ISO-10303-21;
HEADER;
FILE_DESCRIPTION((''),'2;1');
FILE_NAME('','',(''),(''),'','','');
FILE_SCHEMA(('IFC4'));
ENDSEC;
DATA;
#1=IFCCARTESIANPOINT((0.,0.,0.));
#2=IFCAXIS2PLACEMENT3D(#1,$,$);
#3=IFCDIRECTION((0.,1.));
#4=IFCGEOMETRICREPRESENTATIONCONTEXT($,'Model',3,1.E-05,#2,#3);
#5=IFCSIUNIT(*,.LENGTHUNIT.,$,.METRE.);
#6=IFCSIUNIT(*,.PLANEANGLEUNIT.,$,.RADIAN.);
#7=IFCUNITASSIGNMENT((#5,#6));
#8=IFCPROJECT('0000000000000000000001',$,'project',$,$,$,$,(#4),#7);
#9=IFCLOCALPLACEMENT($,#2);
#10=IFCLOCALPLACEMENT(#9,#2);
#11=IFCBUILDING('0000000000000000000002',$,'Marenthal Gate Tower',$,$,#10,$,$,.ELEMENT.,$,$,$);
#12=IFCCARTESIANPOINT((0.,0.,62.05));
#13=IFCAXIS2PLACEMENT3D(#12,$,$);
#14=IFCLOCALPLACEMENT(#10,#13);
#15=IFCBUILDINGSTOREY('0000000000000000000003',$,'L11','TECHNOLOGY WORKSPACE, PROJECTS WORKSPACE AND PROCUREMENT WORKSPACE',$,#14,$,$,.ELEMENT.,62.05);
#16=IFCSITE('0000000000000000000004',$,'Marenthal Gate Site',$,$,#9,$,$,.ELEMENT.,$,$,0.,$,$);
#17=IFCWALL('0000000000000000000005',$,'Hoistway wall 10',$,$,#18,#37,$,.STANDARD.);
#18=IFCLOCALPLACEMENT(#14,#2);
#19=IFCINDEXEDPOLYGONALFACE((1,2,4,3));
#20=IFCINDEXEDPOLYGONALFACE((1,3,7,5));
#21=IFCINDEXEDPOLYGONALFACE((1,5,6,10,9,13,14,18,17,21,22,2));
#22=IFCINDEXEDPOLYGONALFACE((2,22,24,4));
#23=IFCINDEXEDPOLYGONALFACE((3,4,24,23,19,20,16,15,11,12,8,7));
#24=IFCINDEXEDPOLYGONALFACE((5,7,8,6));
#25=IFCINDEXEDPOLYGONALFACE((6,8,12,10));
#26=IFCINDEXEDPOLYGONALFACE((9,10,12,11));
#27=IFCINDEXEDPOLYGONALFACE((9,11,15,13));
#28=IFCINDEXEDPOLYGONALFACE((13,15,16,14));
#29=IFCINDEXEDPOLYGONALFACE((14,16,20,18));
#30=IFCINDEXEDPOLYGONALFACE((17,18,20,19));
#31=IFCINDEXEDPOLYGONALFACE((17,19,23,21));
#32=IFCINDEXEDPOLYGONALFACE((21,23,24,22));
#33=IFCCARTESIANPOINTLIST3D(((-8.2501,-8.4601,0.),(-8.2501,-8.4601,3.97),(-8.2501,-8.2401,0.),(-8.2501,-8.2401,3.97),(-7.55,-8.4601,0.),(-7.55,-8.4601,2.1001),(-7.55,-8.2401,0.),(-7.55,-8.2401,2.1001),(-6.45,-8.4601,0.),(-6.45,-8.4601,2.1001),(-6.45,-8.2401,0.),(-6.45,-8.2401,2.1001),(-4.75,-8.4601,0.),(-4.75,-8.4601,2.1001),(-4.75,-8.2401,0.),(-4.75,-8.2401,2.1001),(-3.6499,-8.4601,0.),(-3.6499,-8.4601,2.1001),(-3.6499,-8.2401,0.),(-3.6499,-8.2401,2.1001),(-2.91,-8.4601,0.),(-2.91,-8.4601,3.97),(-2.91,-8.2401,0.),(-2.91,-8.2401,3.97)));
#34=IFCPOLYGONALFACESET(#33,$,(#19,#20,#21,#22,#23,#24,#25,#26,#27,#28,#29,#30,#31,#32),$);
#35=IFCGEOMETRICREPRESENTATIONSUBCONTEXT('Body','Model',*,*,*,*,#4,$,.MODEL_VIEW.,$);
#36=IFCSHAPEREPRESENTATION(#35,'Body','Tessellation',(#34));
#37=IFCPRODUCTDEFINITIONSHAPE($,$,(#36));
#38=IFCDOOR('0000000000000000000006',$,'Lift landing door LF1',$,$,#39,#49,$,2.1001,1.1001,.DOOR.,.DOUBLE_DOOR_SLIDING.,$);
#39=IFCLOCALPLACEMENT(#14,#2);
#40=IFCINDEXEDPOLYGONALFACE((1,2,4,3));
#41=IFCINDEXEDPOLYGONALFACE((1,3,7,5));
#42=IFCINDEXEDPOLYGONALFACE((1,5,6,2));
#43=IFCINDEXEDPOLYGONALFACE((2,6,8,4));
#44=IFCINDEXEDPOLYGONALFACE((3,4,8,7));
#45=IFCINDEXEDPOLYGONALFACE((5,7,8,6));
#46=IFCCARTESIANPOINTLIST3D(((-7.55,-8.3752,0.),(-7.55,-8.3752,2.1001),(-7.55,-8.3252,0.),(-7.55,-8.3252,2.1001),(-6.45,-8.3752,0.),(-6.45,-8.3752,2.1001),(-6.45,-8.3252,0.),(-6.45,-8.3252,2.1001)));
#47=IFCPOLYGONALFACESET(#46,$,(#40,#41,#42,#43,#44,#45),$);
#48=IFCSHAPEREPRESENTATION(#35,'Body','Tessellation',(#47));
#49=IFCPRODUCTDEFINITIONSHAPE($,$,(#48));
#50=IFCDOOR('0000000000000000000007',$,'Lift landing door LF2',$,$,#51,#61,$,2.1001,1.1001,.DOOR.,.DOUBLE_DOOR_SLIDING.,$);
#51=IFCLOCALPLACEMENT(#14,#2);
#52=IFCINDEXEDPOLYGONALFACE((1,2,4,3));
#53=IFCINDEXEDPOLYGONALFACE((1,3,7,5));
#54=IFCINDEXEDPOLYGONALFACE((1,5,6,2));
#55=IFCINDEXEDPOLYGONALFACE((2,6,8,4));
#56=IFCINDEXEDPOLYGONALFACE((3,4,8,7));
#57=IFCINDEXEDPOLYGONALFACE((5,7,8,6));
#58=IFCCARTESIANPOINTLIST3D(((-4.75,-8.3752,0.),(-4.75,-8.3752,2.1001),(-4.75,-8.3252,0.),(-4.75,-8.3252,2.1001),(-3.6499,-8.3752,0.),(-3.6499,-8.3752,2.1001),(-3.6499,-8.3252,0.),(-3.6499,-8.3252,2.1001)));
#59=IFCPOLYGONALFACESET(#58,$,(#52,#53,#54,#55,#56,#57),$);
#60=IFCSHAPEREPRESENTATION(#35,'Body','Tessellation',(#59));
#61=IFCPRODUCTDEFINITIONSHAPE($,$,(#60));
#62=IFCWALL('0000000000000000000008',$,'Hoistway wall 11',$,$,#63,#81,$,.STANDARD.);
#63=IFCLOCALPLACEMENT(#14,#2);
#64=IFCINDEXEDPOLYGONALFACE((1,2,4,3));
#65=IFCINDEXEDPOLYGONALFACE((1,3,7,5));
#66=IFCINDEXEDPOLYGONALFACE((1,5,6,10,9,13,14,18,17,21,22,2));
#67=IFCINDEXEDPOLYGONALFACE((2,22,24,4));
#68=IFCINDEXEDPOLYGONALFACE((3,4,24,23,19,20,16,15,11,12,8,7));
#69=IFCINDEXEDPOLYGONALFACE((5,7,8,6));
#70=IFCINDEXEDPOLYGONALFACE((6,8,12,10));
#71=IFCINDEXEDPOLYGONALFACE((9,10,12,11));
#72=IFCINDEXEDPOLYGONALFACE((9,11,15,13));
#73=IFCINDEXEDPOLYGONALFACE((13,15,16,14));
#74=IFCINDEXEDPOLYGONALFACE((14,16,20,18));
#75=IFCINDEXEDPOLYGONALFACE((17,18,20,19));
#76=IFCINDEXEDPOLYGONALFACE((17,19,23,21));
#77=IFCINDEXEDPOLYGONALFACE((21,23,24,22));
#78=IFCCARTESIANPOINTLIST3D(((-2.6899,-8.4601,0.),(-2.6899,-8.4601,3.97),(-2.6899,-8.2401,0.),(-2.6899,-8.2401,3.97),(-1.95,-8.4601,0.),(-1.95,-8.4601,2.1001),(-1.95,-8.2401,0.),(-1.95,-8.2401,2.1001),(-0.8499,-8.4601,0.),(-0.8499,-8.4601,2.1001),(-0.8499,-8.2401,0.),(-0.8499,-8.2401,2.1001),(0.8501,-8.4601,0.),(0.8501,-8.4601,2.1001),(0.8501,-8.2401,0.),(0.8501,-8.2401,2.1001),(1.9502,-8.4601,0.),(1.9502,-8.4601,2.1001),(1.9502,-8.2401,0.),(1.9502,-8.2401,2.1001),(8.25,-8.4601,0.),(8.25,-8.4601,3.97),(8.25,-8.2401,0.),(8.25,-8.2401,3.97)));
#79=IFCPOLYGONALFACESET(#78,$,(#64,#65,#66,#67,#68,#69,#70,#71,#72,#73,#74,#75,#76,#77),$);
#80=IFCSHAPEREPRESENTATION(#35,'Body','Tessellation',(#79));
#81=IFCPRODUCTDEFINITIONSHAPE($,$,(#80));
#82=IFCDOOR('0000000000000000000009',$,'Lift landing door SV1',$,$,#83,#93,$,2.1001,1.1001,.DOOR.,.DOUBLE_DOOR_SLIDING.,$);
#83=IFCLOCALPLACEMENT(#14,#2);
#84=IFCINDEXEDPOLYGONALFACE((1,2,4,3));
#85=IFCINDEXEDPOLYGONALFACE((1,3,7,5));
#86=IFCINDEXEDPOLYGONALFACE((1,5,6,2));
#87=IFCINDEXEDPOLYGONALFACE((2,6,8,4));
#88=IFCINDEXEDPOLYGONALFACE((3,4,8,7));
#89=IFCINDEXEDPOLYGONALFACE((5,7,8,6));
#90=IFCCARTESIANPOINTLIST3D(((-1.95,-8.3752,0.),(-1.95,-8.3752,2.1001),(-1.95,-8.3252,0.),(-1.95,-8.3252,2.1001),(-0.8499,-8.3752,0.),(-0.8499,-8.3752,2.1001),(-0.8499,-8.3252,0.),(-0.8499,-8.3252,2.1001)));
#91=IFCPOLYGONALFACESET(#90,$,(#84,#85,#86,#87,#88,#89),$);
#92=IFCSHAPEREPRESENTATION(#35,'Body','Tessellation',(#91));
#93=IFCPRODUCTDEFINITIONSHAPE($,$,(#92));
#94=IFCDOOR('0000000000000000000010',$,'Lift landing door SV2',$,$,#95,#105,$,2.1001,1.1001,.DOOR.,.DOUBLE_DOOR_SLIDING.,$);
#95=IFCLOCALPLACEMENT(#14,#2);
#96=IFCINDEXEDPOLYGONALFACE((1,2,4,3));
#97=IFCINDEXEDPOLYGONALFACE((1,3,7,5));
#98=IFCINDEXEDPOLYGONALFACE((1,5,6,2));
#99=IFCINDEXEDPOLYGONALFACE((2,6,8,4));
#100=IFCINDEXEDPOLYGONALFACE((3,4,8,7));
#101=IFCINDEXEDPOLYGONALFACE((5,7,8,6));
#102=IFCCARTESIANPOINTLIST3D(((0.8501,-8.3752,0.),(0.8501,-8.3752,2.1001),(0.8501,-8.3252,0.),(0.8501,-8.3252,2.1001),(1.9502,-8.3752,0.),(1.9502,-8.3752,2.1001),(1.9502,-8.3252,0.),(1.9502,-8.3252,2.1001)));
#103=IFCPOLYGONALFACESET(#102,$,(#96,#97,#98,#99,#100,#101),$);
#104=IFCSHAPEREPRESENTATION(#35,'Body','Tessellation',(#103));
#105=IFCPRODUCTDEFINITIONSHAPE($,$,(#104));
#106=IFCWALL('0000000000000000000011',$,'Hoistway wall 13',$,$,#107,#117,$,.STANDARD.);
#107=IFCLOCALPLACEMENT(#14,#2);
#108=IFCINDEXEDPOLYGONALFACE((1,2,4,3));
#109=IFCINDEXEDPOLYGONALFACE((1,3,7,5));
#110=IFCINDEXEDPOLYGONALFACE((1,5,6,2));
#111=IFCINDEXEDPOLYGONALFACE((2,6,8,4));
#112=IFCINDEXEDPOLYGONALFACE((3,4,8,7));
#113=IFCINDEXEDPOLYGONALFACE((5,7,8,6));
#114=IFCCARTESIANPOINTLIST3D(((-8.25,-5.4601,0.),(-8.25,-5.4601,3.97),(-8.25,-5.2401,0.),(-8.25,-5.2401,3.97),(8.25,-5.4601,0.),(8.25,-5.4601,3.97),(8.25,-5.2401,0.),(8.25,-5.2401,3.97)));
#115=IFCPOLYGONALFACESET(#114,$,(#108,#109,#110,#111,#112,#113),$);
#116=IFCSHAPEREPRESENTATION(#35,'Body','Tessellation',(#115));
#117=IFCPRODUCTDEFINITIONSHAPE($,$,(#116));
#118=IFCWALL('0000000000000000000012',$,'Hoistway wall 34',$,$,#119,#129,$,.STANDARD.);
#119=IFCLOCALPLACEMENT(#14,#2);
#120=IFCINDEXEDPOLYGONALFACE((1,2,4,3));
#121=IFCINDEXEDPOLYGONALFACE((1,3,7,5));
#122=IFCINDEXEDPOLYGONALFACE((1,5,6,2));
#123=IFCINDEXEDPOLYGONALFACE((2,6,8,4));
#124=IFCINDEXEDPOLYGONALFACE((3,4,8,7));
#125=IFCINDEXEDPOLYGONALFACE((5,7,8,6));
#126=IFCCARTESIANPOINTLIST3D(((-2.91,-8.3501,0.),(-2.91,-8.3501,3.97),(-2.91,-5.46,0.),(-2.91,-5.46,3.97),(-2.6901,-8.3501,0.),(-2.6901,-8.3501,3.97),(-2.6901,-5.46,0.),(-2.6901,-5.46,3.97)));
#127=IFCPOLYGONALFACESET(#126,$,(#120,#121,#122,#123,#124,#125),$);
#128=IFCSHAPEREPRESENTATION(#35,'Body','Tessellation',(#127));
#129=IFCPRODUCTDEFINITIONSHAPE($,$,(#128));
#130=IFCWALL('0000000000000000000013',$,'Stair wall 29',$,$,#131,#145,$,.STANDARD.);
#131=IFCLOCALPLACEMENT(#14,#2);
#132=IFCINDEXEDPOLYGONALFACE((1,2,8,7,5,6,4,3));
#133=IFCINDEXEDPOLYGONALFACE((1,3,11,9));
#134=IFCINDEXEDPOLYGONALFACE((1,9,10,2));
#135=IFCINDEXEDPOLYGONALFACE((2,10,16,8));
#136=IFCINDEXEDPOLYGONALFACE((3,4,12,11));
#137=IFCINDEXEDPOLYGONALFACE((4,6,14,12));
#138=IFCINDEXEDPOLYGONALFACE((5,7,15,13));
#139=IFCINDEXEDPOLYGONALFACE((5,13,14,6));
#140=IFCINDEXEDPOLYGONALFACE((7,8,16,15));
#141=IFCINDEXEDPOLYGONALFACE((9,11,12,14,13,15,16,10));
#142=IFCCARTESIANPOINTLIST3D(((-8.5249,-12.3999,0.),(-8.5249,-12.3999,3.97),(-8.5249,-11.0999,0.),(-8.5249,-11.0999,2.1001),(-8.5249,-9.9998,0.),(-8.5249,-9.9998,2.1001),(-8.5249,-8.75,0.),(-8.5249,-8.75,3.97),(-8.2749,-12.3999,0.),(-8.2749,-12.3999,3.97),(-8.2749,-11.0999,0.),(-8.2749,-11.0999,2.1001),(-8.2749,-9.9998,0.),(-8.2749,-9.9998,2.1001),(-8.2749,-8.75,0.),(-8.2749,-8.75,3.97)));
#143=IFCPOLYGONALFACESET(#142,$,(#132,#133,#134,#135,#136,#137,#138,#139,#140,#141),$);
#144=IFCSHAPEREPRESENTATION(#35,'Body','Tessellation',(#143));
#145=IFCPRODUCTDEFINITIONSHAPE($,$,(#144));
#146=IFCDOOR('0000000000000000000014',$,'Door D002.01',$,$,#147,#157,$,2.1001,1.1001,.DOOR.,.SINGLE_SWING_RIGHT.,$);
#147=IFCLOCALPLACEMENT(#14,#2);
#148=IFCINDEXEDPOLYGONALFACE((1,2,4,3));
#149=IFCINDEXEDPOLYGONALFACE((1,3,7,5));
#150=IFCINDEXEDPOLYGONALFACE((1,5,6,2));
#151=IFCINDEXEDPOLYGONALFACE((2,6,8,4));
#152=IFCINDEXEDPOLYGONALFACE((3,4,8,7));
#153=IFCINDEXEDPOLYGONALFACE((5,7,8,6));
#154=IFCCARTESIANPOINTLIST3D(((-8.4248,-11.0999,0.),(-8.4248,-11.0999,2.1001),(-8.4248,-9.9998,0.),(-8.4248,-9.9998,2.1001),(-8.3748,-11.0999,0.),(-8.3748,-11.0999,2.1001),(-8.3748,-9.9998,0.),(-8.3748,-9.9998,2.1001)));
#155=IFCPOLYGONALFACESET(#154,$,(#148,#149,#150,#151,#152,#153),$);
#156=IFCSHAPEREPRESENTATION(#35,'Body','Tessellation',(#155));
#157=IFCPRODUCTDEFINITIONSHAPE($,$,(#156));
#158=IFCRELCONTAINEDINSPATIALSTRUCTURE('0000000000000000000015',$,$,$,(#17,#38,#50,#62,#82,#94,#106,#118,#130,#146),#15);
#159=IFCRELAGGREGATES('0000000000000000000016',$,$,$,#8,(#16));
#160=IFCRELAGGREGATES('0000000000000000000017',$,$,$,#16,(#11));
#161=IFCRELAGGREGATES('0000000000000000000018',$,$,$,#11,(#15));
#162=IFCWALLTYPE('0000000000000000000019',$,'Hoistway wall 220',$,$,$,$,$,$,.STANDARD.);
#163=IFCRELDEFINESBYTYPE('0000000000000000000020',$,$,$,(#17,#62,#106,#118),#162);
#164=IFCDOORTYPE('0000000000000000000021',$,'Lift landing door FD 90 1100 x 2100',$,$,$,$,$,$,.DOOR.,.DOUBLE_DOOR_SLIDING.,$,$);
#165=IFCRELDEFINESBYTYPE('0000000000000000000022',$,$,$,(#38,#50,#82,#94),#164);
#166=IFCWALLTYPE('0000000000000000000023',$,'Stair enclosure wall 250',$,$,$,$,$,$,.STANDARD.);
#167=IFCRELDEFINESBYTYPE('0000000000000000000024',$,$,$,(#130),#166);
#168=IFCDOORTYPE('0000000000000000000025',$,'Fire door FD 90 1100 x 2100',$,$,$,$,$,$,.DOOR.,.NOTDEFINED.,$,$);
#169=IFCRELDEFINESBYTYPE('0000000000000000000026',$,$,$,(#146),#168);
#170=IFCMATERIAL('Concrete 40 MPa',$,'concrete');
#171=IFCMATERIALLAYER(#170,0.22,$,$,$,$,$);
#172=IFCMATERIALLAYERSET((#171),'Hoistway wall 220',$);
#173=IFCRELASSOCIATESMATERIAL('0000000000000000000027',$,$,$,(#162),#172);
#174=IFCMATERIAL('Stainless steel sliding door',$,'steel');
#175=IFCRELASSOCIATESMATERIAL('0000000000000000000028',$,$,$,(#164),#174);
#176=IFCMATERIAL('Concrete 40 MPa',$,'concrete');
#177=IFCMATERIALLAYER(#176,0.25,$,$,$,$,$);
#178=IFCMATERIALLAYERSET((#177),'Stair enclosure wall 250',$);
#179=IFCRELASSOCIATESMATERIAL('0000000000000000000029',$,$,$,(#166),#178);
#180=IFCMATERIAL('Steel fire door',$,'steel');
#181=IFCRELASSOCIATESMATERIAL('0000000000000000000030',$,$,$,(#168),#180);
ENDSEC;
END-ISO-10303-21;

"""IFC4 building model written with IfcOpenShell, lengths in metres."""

from ifc_helpers import new_model, si_unit, direction, frame, frame_2d, origin, place, context, subcontext, project, spatial, rectangle, extrude, material, layer, layer_set, type_object, element, fill, save


model = new_model("IFC4")

# Units and contexts
model_context = context("Model", 3, precision=1e-05, world=origin(), true_north=direction((0.0, 1.0)))
body_context = subcontext(model_context, "Body", "Model", "MODEL_VIEW")
ifc_project = project(units=[si_unit("LENGTHUNIT", "METRE"), si_unit("PLANEANGLEUNIT", "RADIAN")], contexts=[model_context])

# Site, building, storey
site_placement = place(None, origin())
site = spatial("IfcSite", under=ifc_project, at=site_placement, Name="Marenthal Gate Site", CompositionType="ELEMENT", RefElevation=0.0)
building_placement = place(site_placement, origin())
building = spatial("IfcBuilding", under=site, at=building_placement, Name="Marenthal Gate Tower", CompositionType="ELEMENT")
storey_placement = place(building_placement, frame((0.0, 0.0, 62.05)))
storey = spatial("IfcBuildingStorey", under=building, at=storey_placement, Name="L11", Description="TECHNOLOGY WORKSPACE, PROJECTS WORKSPACE AND PROCUREMENT WORKSPACE", CompositionType="ELEMENT", Elevation=62.05)

# Walls, openings, doors
ifc_material_1 = material(Name="Concrete 40 MPa", Category="concrete")
ifc_layer_1 = layer(ifc_material_1, 0.22)
ifc_layer_set_1 = layer_set([ifc_layer_1], Name="Hoistway wall 220")
wall_type_1 = type_object("IfcWallType", Name="Hoistway wall 220", PredefinedType="STANDARD", material=ifc_layer_set_1)
wall_1_placement = place(storey_placement, frame((-8.25, -8.3501, 0.0), z_axis=(0.0, 0.0, 1.0), x_axis=(1.0, 0.0, 0.0)))
wall_1 = element("IfcWall", 1, at=wall_1_placement, inside=storey, type_object=wall_type_1, Name="Hoistway wall 10", PredefinedType="STANDARD", context=body_context, shape_type="SweptSolid", body=[
    extrude(rectangle(XDim=5.3401, YDim=0.22, at=frame_2d((2.6699, 0.0))), origin(), (0.0, 0.0, 1.0), 3.97),
])
opening_1_placement = place(wall_1_placement, frame((0.7, 0.0, 0.0)))
opening_1 = element("IfcOpeningElement", 2, at=opening_1_placement, cuts=wall_1, PredefinedType="OPENING", context=body_context, shape_type="SweptSolid", body=[
    extrude(rectangle(XDim=1.1001, YDim=2.1001, at=frame_2d((0.55, 1.05))), frame((0.0, 0.1201, 0.0), z_axis=(0.0, -1.0, 0.0), x_axis=(1.0, 0.0, 0.0)), (0.0, 0.0, 1.0), 0.24),
])
opening_2_placement = place(wall_1_placement, frame((3.5, 0.0, 0.0)))
opening_2 = element("IfcOpeningElement", 3, at=opening_2_placement, cuts=wall_1, PredefinedType="OPENING", context=body_context, shape_type="SweptSolid", body=[
    extrude(rectangle(XDim=1.1001, YDim=2.1001, at=frame_2d((0.55, 1.05))), frame((0.0, 0.1201, 0.0), z_axis=(0.0, -1.0, 0.0), x_axis=(1.0, 0.0, 0.0)), (0.0, 0.0, 1.0), 0.24),
])
ifc_material_2 = material(Name="Stainless steel sliding door", Category="steel")
door_type_1 = type_object("IfcDoorType", Name="Lift landing door FD 90 1100 x 2100", OperationType="DOUBLE_DOOR_SLIDING", PredefinedType="DOOR", material=ifc_material_2)
door_1_placement = place(opening_1_placement, origin())
door_1 = element("IfcDoor", 4, at=door_1_placement, inside=storey, type_object=door_type_1, Name="Lift landing door LF1", OperationType="DOUBLE_DOOR_SLIDING", OverallHeight=2.1001, OverallWidth=1.1001, PredefinedType="DOOR", context=body_context, shape_type="SweptSolid", body=[
    extrude(rectangle(XDim=1.1001, YDim=2.1001, at=frame_2d((0.55, 1.05))), frame((0.0, 0.0249, 0.0), z_axis=(0.0, -1.0, 0.0), x_axis=(1.0, 0.0, 0.0)), (0.0, 0.0, 1.0), 0.05),
])
fill(opening_1, door_1)
door_2_placement = place(opening_2_placement, origin())
door_2 = element("IfcDoor", 5, at=door_2_placement, inside=storey, type_object=door_type_1, Name="Lift landing door LF2", OperationType="DOUBLE_DOOR_SLIDING", OverallHeight=2.1001, OverallWidth=1.1001, PredefinedType="DOOR", context=body_context, shape_type="SweptSolid", body=[
    extrude(rectangle(XDim=1.1001, YDim=2.1001, at=frame_2d((0.55, 1.05))), frame((0.0, 0.0249, 0.0), z_axis=(0.0, -1.0, 0.0), x_axis=(1.0, 0.0, 0.0)), (0.0, 0.0, 1.0), 0.05),
])
fill(opening_2, door_2)
wall_2_placement = place(storey_placement, frame((-2.6899, -8.3501, 0.0), z_axis=(0.0, 0.0, 1.0), x_axis=(1.0, 0.0, 0.0)))
wall_2 = element("IfcWall", 6, at=wall_2_placement, inside=storey, type_object=wall_type_1, Name="Hoistway wall 11", PredefinedType="STANDARD", context=body_context, shape_type="SweptSolid", body=[
    extrude(rectangle(XDim=10.9399, YDim=0.22, at=frame_2d((5.47, 0.0))), origin(), (0.0, 0.0, 1.0), 3.97),
])
opening_3_placement = place(wall_2_placement, frame((0.74, 0.0, 0.0)))
opening_3 = element("IfcOpeningElement", 7, at=opening_3_placement, cuts=wall_2, PredefinedType="OPENING", context=body_context, shape_type="SweptSolid", body=[
    extrude(rectangle(XDim=1.1001, YDim=2.1001, at=frame_2d((0.55, 1.05))), frame((0.0, 0.1201, 0.0), z_axis=(0.0, -1.0, 0.0), x_axis=(1.0, 0.0, 0.0)), (0.0, 0.0, 1.0), 0.24),
])
opening_4_placement = place(wall_2_placement, frame((3.54, 0.0, 0.0)))
opening_4 = element("IfcOpeningElement", 8, at=opening_4_placement, cuts=wall_2, PredefinedType="OPENING", context=body_context, shape_type="SweptSolid", body=[
    extrude(rectangle(XDim=1.1001, YDim=2.1001, at=frame_2d((0.55, 1.05))), frame((0.0, 0.1201, 0.0), z_axis=(0.0, -1.0, 0.0), x_axis=(1.0, 0.0, 0.0)), (0.0, 0.0, 1.0), 0.24),
])
door_3_placement = place(opening_3_placement, origin())
door_3 = element("IfcDoor", 9, at=door_3_placement, inside=storey, type_object=door_type_1, Name="Lift landing door SV1", OperationType="DOUBLE_DOOR_SLIDING", OverallHeight=2.1001, OverallWidth=1.1001, PredefinedType="DOOR", context=body_context, shape_type="SweptSolid", body=[
    extrude(rectangle(XDim=1.1001, YDim=2.1001, at=frame_2d((0.55, 1.05))), frame((0.0, 0.0249, 0.0), z_axis=(0.0, -1.0, 0.0), x_axis=(1.0, 0.0, 0.0)), (0.0, 0.0, 1.0), 0.05),
])
fill(opening_3, door_3)
door_4_placement = place(opening_4_placement, origin())
door_4 = element("IfcDoor", 10, at=door_4_placement, inside=storey, type_object=door_type_1, Name="Lift landing door SV2", OperationType="DOUBLE_DOOR_SLIDING", OverallHeight=2.1001, OverallWidth=1.1001, PredefinedType="DOOR", context=body_context, shape_type="SweptSolid", body=[
    extrude(rectangle(XDim=1.1001, YDim=2.1001, at=frame_2d((0.55, 1.05))), frame((0.0, 0.0249, 0.0), z_axis=(0.0, -1.0, 0.0), x_axis=(1.0, 0.0, 0.0)), (0.0, 0.0, 1.0), 0.05),
])
fill(opening_4, door_4)

# Walls
wall_3_placement = place(storey_placement, frame((-8.25, -5.3501, 0.0), z_axis=(0.0, 0.0, 1.0), x_axis=(1.0, 0.0, 0.0)))
element("IfcWall", 11, at=wall_3_placement, inside=storey, type_object=wall_type_1, Name="Hoistway wall 13", PredefinedType="STANDARD", context=body_context, shape_type="SweptSolid", body=[
    extrude(rectangle(XDim=16.5, YDim=0.22, at=frame_2d((8.25, 0.0))), origin(), (0.0, 0.0, 1.0), 3.97),
])
wall_4_placement = place(storey_placement, frame((-2.8, -8.3501, 0.0), z_axis=(0.0, 0.0, 1.0), x_axis=(0.0, 1.0, 0.0)))
element("IfcWall", 12, at=wall_4_placement, inside=storey, type_object=wall_type_1, Name="Hoistway wall 34", PredefinedType="STANDARD", context=body_context, shape_type="SweptSolid", body=[
    extrude(rectangle(XDim=2.8901, YDim=0.22, at=frame_2d((1.4451, 0.0))), origin(), (0.0, 0.0, 1.0), 3.97),
])

# Wall, opening, door
ifc_material_3 = material(Name="Concrete 40 MPa", Category="concrete")
ifc_layer_2 = layer(ifc_material_3, 0.25)
ifc_layer_set_2 = layer_set([ifc_layer_2], Name="Stair enclosure wall 250")
wall_type_2 = type_object("IfcWallType", Name="Stair enclosure wall 250", PredefinedType="STANDARD", material=ifc_layer_set_2)
wall_5_placement = place(storey_placement, frame((-8.3999, -12.3999, 0.0), z_axis=(0.0, 0.0, 1.0), x_axis=(0.0, 1.0, 0.0)))
wall_5 = element("IfcWall", 13, at=wall_5_placement, inside=storey, type_object=wall_type_2, Name="Stair wall 29", PredefinedType="STANDARD", context=body_context, shape_type="SweptSolid", body=[
    extrude(rectangle(XDim=3.6499, YDim=0.25, at=frame_2d((1.825, 0.0))), origin(), (0.0, 0.0, 1.0), 3.97),
])
opening_5_placement = place(wall_5_placement, frame((1.3, 0.0, 0.0)))
opening_5 = element("IfcOpeningElement", 14, at=opening_5_placement, cuts=wall_5, PredefinedType="OPENING", context=body_context, shape_type="SweptSolid", body=[
    extrude(rectangle(XDim=1.1001, YDim=2.1001, at=frame_2d((0.55, 1.05))), frame((0.0, 0.135, 0.0), z_axis=(0.0, -1.0, 0.0), x_axis=(1.0, 0.0, 0.0)), (0.0, 0.0, 1.0), 0.27),
])
ifc_material_4 = material(Name="Steel fire door", Category="steel")
door_type_2 = type_object("IfcDoorType", Name="Fire door FD 90 1100 x 2100", OperationType="NOTDEFINED", PredefinedType="DOOR", material=ifc_material_4)
door_5_placement = place(opening_5_placement, origin())
door_5 = element("IfcDoor", 15, at=door_5_placement, inside=storey, type_object=door_type_2, Name="Door D002.01", OperationType="SINGLE_SWING_RIGHT", OverallHeight=2.1001, OverallWidth=1.1001, PredefinedType="DOOR", context=body_context, shape_type="SweptSolid", body=[
    extrude(rectangle(XDim=1.1001, YDim=2.1001, at=frame_2d((0.55, 1.05))), frame((0.0, 0.0249, 0.0), z_axis=(0.0, -1.0, 0.0), x_axis=(1.0, 0.0, 0.0)), (0.0, 0.0, 1.0), 0.05),
])
fill(opening_5, door_5)

save(model, "model.ifc")
